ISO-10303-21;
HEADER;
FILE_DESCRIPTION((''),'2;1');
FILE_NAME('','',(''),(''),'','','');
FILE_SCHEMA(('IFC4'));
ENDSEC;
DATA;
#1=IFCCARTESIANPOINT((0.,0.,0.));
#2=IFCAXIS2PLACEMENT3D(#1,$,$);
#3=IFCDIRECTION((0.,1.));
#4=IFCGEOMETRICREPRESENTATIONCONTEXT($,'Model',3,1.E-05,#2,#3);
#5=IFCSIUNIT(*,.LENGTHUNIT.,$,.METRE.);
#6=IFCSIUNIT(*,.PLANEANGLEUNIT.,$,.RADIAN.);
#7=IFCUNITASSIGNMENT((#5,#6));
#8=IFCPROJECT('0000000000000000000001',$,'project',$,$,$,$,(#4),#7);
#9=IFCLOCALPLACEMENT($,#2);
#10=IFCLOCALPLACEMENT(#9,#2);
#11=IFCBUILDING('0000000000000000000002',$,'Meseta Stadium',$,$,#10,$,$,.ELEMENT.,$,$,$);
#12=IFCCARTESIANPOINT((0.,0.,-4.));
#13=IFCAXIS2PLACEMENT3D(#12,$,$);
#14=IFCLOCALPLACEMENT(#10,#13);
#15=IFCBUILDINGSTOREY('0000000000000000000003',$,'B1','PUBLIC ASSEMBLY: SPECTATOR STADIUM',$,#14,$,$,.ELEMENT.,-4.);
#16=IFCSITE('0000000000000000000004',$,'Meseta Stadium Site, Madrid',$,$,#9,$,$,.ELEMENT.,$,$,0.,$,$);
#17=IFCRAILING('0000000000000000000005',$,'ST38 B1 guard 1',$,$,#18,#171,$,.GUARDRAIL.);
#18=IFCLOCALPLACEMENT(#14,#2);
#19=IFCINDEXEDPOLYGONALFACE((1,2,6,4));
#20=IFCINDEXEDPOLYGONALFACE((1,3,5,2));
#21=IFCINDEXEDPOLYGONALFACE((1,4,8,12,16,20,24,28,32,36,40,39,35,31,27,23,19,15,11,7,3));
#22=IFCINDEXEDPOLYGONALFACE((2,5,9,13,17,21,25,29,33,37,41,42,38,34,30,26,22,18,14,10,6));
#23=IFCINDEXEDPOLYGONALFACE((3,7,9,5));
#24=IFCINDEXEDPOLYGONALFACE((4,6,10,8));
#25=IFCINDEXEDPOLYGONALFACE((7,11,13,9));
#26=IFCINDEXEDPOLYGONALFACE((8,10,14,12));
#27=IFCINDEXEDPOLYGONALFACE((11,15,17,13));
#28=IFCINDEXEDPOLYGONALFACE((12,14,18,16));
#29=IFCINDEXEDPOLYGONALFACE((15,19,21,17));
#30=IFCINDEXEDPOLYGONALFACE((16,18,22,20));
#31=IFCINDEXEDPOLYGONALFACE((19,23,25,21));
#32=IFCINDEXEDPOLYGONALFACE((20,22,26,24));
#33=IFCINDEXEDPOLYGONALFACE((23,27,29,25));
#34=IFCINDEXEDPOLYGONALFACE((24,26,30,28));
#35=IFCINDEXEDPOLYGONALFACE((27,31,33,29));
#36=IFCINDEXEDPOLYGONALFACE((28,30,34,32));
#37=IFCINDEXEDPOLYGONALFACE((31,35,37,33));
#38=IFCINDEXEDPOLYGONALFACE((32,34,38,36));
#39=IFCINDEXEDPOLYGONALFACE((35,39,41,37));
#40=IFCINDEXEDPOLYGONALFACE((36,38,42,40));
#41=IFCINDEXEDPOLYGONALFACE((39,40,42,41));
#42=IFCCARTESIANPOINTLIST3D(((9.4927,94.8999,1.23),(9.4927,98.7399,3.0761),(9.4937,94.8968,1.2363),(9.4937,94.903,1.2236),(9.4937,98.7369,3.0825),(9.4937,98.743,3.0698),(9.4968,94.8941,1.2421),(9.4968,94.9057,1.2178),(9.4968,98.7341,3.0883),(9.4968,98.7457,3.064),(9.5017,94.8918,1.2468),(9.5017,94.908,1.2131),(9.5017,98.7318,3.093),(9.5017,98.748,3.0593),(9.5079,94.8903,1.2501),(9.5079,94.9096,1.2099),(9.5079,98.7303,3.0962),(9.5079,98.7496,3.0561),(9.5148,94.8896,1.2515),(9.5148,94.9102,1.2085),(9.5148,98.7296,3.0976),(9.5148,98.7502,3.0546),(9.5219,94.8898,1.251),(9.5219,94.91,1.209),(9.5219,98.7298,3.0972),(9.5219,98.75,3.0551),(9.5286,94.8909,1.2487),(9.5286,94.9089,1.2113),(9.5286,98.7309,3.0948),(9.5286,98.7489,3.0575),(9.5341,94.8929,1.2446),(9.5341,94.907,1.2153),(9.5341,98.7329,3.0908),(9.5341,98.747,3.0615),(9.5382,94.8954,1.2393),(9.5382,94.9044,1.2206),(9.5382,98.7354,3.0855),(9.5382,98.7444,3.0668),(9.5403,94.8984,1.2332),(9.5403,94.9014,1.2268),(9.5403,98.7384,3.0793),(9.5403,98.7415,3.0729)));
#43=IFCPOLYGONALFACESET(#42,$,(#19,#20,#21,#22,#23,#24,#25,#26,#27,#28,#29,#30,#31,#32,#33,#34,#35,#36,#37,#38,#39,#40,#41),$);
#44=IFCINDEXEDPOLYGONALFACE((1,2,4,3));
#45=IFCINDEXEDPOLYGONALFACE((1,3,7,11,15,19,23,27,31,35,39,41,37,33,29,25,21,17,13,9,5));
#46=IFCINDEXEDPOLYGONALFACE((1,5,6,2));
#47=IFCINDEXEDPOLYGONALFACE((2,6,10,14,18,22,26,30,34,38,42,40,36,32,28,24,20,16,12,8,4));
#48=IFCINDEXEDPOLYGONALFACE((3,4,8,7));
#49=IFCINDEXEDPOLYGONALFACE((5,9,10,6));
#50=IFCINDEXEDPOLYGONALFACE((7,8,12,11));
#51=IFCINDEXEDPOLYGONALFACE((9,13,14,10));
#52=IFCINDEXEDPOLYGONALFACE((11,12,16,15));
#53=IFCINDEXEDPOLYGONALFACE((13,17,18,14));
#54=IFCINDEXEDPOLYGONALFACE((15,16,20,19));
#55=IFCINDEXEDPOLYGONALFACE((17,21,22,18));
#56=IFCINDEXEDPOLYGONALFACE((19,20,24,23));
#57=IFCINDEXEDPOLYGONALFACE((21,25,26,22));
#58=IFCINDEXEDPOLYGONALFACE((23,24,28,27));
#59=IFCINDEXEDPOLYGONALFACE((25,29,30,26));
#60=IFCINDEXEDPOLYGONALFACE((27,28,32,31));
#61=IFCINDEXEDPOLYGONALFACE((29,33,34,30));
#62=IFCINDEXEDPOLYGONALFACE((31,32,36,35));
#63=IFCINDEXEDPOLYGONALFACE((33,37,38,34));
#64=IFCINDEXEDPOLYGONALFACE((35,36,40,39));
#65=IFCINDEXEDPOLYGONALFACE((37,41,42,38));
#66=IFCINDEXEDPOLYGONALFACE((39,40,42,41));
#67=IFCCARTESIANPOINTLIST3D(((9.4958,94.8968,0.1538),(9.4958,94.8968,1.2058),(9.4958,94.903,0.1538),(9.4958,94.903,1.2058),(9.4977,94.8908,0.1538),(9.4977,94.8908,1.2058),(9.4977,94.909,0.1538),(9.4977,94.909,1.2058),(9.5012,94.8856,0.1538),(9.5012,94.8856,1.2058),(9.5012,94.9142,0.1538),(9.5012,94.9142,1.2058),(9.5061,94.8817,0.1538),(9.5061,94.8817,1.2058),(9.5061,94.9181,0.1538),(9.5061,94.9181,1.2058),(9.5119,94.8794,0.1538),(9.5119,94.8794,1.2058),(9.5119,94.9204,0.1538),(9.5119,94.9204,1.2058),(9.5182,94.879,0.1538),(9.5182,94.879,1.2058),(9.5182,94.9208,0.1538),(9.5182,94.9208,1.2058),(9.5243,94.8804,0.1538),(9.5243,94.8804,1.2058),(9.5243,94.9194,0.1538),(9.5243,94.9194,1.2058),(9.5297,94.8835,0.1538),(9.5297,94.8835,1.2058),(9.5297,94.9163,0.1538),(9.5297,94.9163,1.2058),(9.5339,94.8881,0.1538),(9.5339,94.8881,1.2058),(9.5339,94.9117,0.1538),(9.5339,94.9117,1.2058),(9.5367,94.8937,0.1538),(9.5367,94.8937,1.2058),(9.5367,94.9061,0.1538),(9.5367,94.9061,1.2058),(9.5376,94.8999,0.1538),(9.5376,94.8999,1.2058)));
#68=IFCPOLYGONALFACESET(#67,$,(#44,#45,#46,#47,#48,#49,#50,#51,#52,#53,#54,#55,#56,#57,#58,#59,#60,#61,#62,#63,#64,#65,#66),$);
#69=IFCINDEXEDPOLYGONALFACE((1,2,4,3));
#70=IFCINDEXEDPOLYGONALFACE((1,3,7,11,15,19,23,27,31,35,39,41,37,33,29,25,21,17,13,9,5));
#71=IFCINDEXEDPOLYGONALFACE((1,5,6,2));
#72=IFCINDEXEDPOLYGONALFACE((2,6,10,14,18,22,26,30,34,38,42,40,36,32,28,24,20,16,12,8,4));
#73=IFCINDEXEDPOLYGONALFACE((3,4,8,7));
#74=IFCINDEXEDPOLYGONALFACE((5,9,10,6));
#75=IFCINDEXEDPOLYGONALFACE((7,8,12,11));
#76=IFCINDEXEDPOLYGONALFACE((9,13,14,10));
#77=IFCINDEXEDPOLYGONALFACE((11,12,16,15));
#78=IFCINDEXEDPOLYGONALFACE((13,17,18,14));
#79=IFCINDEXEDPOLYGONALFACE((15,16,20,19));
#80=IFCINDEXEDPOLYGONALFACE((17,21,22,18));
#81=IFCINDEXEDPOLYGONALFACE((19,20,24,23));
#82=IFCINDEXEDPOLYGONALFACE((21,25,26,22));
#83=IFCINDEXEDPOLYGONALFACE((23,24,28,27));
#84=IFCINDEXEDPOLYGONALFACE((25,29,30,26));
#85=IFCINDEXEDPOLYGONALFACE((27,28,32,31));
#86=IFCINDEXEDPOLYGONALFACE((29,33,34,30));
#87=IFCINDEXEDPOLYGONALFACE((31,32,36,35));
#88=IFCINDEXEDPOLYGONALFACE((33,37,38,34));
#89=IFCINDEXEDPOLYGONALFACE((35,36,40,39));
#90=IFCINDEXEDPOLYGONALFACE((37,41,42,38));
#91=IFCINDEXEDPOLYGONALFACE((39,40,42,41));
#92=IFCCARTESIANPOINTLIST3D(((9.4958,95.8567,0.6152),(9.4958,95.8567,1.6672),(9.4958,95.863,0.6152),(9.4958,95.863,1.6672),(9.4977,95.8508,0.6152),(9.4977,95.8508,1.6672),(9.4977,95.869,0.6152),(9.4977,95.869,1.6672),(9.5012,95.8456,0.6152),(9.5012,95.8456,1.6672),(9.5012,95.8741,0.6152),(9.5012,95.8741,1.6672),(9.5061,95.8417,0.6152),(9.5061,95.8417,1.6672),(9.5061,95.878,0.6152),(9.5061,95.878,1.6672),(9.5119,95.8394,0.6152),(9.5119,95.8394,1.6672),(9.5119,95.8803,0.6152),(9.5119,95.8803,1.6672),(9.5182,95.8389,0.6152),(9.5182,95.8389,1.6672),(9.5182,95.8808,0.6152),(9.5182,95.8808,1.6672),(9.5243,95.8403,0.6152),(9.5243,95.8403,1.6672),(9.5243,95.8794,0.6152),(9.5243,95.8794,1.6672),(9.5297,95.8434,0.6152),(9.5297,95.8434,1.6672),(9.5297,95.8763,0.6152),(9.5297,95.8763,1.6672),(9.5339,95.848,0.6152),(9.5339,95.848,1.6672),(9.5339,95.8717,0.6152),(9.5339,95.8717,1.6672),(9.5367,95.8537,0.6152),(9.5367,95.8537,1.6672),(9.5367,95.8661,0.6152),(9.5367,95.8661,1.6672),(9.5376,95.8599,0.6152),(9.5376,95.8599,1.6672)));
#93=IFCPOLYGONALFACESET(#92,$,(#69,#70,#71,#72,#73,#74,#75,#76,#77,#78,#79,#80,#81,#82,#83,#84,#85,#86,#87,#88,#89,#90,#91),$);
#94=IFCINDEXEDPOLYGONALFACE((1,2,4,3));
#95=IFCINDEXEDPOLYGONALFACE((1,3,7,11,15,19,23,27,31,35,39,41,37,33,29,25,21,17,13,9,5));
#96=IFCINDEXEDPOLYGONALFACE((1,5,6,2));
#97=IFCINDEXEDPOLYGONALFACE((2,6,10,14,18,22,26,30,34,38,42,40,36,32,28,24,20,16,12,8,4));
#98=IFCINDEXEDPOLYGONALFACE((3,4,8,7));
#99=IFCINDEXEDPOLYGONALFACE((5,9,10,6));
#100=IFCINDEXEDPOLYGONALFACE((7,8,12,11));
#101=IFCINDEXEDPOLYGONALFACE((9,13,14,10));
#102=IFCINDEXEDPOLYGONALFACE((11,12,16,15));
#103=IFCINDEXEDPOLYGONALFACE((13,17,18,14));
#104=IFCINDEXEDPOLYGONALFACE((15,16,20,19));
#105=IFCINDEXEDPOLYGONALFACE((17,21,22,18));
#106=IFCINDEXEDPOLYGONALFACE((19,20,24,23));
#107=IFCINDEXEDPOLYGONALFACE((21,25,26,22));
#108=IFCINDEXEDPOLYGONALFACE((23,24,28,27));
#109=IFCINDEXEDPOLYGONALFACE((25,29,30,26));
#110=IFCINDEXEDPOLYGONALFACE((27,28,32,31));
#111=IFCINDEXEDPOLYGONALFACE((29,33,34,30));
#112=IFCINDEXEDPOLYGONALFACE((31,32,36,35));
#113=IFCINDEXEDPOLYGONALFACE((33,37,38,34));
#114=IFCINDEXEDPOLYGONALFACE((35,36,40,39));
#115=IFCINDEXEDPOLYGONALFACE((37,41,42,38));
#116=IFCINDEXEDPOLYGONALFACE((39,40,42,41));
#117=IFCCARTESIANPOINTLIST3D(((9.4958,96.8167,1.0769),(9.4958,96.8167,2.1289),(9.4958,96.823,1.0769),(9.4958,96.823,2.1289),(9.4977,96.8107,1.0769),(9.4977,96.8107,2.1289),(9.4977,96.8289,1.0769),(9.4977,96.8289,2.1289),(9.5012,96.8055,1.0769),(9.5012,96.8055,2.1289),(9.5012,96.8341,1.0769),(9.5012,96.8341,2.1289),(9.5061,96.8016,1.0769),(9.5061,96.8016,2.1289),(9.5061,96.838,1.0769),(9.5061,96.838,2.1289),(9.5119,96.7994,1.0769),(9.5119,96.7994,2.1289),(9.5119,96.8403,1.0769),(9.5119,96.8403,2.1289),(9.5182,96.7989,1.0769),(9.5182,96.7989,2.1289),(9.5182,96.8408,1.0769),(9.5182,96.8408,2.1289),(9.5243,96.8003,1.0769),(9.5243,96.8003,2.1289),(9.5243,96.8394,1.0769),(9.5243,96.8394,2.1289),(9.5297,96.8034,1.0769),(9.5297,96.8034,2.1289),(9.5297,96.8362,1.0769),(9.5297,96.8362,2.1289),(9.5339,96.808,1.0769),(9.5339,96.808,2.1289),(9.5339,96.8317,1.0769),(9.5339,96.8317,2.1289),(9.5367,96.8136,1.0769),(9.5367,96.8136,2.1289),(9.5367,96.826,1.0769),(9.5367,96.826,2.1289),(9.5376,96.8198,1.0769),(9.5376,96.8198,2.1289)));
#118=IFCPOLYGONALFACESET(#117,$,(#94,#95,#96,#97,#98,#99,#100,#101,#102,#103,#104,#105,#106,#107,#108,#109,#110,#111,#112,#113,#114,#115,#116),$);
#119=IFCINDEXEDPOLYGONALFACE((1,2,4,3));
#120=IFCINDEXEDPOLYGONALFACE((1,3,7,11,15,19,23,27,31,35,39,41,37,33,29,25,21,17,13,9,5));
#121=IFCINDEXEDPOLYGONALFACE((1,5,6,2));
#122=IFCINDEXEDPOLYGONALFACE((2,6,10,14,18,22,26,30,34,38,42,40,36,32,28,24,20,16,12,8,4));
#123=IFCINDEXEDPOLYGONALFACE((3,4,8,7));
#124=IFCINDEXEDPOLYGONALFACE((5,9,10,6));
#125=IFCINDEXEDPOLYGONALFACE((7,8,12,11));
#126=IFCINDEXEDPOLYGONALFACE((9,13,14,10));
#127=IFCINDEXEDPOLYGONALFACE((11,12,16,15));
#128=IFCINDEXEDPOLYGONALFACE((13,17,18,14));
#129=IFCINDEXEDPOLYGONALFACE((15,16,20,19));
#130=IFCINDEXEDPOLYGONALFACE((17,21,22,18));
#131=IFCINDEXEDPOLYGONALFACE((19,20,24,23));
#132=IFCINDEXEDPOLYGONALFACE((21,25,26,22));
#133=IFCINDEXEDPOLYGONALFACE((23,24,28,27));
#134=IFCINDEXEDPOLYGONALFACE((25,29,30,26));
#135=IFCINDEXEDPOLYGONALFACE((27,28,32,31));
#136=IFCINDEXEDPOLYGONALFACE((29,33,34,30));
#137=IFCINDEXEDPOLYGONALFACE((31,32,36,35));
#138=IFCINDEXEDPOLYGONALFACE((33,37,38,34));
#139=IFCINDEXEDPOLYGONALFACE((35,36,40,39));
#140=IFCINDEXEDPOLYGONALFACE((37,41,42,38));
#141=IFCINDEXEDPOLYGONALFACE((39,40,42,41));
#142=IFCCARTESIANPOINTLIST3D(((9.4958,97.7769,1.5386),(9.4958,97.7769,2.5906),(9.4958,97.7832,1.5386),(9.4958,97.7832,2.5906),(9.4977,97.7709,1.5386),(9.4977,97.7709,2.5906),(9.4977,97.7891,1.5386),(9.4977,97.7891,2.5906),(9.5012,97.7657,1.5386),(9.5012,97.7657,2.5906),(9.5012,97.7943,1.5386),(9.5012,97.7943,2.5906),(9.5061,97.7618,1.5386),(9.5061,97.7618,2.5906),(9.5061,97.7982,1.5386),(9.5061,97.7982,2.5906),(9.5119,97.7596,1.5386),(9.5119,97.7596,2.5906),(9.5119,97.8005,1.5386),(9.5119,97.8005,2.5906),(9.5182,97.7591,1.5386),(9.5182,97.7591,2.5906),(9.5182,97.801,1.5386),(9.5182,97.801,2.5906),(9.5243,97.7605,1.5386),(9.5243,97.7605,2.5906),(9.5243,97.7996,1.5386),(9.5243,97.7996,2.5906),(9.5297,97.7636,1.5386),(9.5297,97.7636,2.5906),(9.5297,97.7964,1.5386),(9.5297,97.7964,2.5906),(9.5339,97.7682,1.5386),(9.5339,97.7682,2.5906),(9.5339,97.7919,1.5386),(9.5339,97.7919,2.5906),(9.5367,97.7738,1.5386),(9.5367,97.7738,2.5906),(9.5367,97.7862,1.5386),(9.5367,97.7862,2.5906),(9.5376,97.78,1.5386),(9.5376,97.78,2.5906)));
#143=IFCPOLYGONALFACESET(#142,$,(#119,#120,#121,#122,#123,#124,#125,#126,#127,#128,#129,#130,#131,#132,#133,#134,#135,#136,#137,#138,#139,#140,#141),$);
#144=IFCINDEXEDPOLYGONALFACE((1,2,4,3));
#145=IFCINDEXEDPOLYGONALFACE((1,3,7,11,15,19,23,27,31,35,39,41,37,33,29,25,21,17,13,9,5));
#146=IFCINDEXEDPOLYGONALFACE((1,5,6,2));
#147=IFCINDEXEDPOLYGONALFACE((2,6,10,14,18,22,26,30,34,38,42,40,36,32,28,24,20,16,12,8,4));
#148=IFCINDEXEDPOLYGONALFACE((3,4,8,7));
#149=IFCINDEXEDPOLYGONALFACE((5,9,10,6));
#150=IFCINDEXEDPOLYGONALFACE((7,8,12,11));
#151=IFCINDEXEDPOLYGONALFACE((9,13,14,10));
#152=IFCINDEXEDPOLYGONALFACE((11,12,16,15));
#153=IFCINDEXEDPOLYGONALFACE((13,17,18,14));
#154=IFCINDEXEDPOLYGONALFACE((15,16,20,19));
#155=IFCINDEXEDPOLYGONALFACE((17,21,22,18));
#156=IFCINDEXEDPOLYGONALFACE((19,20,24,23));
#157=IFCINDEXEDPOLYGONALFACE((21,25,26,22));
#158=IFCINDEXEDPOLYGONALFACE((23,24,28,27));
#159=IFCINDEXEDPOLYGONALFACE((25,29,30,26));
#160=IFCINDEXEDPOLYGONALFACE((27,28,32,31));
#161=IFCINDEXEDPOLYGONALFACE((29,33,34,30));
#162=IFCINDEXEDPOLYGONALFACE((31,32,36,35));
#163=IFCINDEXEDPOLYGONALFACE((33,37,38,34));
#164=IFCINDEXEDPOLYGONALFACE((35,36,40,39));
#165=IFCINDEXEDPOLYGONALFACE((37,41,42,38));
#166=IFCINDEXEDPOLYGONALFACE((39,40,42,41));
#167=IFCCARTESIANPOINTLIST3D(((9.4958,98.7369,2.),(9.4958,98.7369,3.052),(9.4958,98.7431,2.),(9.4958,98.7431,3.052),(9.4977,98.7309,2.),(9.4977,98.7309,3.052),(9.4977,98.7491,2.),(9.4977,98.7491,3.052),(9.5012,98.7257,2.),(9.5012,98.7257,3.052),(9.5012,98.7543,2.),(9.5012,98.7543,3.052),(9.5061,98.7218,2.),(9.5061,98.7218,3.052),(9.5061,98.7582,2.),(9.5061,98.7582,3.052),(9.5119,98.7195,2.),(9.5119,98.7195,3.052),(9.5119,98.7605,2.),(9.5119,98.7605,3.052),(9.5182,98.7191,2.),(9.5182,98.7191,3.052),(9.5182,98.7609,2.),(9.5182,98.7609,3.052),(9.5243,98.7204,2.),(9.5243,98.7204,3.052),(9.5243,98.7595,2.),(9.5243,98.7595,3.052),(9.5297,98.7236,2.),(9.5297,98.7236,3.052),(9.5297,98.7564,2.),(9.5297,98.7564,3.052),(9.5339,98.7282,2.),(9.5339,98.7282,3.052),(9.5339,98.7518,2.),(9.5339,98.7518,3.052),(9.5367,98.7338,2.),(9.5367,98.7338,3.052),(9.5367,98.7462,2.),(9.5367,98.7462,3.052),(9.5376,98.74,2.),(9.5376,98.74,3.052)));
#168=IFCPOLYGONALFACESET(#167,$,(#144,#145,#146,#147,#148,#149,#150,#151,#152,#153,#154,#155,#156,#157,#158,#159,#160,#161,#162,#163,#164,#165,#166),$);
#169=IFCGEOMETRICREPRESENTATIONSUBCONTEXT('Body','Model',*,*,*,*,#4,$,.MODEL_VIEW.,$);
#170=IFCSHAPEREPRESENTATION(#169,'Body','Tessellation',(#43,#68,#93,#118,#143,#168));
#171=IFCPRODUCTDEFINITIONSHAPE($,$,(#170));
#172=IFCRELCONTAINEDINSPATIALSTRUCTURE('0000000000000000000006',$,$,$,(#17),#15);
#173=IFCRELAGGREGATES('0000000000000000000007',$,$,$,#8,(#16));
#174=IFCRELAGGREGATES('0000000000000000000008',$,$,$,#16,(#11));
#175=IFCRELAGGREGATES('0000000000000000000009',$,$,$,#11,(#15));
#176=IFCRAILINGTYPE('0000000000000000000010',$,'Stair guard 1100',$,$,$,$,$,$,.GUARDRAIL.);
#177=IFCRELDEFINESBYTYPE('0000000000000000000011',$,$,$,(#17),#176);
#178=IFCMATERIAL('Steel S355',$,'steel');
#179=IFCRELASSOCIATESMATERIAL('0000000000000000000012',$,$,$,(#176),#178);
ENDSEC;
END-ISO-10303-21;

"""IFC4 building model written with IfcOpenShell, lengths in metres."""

from ifc_helpers import new_model, si_unit, direction, frame, origin, origin_2d, place, context, subcontext, project, spatial, circle, extrude, material, type_object, element, save


model = new_model("IFC4")

# Units and contexts
model_context = context("Model", 3, precision=1e-05, world=origin(), true_north=direction((0.0, 1.0)))
body_context = subcontext(model_context, "Body", "Model", "MODEL_VIEW")
ifc_project = project(units=[si_unit("LENGTHUNIT", "METRE"), si_unit("PLANEANGLEUNIT", "RADIAN")], contexts=[model_context])

# Site, building, storey
site_placement = place(None, origin())
site = spatial("IfcSite", under=ifc_project, at=site_placement, Name="Meseta Stadium Site, Madrid", CompositionType="ELEMENT", RefElevation=0.0)
building_placement = place(site_placement, origin())
building = spatial("IfcBuilding", under=site, at=building_placement, Name="Meseta Stadium", CompositionType="ELEMENT")
storey_placement = place(building_placement, frame((0.0, 0.0, -4.0)))
storey = spatial("IfcBuildingStorey", under=building, at=storey_placement, Name="B1", Description="PUBLIC ASSEMBLY: SPECTATOR STADIUM", CompositionType="ELEMENT", Elevation=-4.0)

# Railing
ifc_material_1 = material(Name="Steel S355", Category="steel")
railing_type_1 = type_object("IfcRailingType", Name="Stair guard 1100", PredefinedType="GUARDRAIL", material=ifc_material_1)
railing_1_placement = place(storey_placement, frame((9.5166, 94.8999, 0.1538)))
element("IfcRailing", 1, at=railing_1_placement, inside=storey, type_object=railing_type_1, Name="ST38 B1 guard 1", PredefinedType="GUARDRAIL", context=body_context, shape_type="SweptSolid", body=[
    extrude(circle(Radius=0.0239, at=origin_2d()), frame((0.0, 0.0, 1.0762), z_axis=(0.0, 0.901253, 0.433294), x_axis=(-1.0, 0.0, 0.0)), (0.0, 0.0, 1.0), 4.2607),
    extrude(circle(Radius=0.021, at=origin_2d()), origin(), (0.0, 0.0, 1.0), 1.052),
    extrude(circle(Radius=0.021, at=origin_2d()), frame((0.0, 0.96, 0.4614)), (0.0, 0.0, 1.0), 1.052),
    extrude(circle(Radius=0.021, at=origin_2d()), frame((0.0, 1.9199, 0.9231)), (0.0, 0.0, 1.0), 1.052),
    extrude(circle(Radius=0.021, at=origin_2d()), frame((0.0, 2.8801, 1.3848)), (0.0, 0.0, 1.0), 1.052),
    extrude(circle(Radius=0.021, at=origin_2d()), frame((0.0, 3.8401, 1.8462)), (0.0, 0.0, 1.0), 1.052),
])

save(model, "model.ifc")
